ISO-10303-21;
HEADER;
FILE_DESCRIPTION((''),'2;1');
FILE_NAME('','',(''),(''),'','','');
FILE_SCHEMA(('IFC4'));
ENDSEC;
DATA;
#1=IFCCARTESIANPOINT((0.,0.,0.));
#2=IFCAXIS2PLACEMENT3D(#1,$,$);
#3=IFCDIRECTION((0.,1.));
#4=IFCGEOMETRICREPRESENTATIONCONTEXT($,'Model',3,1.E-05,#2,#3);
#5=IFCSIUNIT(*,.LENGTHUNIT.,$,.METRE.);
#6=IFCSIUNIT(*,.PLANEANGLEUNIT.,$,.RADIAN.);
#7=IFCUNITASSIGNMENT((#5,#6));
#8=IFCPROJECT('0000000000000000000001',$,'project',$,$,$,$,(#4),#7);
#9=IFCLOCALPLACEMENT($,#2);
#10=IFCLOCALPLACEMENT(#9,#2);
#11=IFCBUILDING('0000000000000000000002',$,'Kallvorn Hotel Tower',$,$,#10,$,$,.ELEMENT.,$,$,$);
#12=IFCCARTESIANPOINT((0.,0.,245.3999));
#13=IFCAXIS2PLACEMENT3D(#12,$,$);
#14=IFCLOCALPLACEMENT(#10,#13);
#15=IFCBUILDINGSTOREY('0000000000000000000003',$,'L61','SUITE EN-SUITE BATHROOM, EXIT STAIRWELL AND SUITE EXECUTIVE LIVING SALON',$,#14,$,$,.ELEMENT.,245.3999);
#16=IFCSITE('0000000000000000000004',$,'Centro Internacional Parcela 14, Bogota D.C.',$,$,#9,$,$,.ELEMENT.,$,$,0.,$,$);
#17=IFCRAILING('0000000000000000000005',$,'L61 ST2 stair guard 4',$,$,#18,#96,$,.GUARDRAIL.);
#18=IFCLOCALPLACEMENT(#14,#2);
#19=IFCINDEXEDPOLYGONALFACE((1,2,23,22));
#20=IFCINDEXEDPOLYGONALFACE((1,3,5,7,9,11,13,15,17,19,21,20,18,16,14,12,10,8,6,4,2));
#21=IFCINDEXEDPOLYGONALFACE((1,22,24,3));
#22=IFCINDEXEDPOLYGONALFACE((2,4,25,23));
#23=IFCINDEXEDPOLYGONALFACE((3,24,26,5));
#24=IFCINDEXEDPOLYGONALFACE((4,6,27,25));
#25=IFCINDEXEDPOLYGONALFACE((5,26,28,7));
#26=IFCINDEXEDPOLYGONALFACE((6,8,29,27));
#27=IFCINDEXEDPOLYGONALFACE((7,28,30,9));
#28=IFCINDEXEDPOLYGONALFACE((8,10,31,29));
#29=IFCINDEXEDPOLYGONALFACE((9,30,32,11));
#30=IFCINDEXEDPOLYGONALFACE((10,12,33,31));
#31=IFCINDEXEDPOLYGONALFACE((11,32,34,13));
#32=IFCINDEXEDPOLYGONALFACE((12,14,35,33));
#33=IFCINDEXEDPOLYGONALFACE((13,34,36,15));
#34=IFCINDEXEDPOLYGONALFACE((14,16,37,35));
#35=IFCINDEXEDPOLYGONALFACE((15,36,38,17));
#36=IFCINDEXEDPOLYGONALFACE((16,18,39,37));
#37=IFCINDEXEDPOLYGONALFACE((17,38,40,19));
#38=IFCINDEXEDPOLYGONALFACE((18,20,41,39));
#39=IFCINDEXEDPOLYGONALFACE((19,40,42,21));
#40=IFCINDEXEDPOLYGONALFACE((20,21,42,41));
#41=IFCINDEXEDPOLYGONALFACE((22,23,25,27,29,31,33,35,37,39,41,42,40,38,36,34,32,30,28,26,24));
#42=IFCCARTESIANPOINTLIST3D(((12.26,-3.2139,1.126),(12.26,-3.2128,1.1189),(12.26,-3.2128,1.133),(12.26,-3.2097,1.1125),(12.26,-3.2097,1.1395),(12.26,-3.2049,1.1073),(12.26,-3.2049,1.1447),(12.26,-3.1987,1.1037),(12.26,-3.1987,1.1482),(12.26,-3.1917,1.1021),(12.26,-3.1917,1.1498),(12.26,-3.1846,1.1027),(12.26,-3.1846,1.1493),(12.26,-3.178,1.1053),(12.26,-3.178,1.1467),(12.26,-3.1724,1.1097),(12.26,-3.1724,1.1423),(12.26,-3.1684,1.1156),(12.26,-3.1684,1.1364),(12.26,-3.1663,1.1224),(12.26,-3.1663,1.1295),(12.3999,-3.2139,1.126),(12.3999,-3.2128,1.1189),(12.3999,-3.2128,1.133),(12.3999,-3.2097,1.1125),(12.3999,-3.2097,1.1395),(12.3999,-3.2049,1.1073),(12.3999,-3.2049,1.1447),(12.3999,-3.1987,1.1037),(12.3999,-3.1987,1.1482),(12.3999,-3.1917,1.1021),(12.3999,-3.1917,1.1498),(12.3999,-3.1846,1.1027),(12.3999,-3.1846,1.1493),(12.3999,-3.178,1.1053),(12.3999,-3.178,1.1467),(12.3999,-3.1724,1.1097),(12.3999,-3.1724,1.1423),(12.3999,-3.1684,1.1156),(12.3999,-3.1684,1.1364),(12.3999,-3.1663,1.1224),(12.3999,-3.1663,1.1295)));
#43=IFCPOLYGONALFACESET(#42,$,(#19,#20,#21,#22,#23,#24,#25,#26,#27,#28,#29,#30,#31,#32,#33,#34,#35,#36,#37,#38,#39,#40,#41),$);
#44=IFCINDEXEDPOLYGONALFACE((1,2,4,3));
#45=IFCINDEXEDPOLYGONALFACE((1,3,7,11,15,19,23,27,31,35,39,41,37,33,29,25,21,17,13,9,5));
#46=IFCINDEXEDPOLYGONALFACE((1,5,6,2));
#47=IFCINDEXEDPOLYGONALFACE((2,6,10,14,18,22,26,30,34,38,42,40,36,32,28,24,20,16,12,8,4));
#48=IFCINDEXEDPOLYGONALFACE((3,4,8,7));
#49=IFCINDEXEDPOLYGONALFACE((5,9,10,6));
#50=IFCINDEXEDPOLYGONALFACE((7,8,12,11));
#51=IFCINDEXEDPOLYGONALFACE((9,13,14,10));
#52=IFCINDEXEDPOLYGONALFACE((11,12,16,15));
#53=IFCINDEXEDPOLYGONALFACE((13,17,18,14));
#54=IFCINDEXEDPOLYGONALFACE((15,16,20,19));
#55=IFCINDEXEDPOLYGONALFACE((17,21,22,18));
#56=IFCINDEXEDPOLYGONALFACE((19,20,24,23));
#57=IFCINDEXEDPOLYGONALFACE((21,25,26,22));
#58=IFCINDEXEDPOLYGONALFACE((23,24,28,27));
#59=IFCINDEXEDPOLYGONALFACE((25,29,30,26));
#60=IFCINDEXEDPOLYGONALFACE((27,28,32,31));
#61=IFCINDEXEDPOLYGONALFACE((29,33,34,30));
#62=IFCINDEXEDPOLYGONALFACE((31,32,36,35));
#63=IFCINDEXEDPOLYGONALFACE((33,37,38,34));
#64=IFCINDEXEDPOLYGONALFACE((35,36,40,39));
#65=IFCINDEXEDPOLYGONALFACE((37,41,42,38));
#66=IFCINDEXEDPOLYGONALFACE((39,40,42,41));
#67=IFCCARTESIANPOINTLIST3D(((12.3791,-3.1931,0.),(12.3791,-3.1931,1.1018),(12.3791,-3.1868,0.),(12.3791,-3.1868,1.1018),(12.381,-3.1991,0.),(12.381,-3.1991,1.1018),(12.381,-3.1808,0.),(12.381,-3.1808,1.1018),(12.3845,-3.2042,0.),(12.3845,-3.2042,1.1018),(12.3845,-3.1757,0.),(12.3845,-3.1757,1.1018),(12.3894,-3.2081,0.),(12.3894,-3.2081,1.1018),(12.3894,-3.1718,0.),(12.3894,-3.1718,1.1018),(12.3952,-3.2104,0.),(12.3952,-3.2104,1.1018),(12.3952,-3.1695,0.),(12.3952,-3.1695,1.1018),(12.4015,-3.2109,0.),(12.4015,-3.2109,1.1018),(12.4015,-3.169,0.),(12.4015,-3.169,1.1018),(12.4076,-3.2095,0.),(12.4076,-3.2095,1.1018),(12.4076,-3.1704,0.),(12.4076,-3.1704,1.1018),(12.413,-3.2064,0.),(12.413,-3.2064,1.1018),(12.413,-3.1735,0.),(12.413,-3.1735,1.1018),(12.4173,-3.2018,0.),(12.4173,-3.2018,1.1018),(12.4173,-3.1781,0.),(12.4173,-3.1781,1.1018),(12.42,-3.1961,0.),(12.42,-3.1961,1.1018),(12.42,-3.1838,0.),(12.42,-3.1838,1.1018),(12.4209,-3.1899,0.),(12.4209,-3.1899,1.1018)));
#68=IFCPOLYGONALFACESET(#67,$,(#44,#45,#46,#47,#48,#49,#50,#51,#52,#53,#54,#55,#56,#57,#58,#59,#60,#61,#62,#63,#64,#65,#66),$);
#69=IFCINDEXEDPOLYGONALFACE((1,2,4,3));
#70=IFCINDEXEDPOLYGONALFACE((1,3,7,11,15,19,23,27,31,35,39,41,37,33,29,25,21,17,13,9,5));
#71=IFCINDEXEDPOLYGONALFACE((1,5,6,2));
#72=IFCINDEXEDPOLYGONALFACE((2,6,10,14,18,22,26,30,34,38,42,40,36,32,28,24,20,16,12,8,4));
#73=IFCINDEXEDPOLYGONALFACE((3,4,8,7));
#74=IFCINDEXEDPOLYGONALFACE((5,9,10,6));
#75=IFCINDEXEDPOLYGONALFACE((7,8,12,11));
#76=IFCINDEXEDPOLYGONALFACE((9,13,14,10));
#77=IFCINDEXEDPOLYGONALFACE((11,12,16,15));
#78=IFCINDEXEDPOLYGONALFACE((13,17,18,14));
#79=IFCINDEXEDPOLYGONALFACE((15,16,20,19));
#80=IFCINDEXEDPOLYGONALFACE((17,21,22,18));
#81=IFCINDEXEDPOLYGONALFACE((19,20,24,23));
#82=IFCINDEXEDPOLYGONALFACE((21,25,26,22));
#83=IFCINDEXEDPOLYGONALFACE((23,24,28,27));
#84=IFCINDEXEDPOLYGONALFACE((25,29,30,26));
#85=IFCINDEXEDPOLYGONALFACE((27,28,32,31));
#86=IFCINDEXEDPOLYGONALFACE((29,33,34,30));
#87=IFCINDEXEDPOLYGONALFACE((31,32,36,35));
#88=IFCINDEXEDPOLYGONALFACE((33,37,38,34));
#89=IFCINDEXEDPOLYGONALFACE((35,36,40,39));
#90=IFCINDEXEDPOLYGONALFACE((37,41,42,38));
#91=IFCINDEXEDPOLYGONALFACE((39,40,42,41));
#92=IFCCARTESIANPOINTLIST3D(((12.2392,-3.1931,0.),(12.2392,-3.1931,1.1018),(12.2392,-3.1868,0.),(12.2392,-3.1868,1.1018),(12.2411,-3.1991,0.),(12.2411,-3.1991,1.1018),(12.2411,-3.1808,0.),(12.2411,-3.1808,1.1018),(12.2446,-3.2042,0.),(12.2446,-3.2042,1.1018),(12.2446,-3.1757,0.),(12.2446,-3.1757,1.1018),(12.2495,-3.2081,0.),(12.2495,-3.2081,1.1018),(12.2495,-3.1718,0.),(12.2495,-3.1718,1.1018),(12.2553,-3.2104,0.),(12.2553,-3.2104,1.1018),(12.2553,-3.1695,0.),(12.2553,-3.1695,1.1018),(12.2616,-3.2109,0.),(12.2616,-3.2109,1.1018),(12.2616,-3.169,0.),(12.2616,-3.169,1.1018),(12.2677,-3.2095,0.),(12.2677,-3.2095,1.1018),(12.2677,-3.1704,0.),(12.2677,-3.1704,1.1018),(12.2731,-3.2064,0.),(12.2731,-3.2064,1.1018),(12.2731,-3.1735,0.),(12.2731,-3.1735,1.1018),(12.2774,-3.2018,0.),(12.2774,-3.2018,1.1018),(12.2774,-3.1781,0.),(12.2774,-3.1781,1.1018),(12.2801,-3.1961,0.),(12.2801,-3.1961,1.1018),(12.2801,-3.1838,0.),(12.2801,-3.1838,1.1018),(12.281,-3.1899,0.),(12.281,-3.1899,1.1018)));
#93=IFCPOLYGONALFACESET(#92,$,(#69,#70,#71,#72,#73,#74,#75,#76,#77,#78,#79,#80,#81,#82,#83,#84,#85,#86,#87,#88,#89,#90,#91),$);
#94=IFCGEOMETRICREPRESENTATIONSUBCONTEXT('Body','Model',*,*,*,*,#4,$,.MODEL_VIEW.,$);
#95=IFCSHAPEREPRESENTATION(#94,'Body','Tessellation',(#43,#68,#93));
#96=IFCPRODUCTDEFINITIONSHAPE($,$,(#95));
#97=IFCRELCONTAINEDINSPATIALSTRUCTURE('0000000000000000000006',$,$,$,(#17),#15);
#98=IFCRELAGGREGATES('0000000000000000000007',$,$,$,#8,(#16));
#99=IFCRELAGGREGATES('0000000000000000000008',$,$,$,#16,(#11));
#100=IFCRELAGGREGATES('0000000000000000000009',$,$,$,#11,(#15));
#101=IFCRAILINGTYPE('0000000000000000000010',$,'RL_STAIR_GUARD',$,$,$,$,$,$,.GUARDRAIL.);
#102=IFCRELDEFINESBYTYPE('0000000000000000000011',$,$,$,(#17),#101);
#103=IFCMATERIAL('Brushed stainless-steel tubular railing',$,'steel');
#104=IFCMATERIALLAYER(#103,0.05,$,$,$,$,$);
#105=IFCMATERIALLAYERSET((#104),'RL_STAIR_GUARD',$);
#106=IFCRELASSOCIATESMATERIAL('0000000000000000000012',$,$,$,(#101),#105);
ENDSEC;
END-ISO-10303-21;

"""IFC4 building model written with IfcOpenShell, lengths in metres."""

from ifc_helpers import new_model, si_unit, direction, frame, origin, origin_2d, place, context, subcontext, project, spatial, circle, extrude, material, layer, layer_set, type_object, element, save


model = new_model("IFC4")

# Units and contexts
model_context = context("Model", 3, precision=1e-05, world=origin(), true_north=direction((0.0, 1.0)))
body_context = subcontext(model_context, "Body", "Model", "MODEL_VIEW")
ifc_project = project(units=[si_unit("LENGTHUNIT", "METRE"), si_unit("PLANEANGLEUNIT", "RADIAN")], contexts=[model_context])

# Site, building, storey
site_placement = place(None, origin())
site = spatial("IfcSite", under=ifc_project, at=site_placement, Name="Centro Internacional Parcela 14, Bogota D.C.", CompositionType="ELEMENT", RefElevation=0.0)
building_placement = place(site_placement, origin())
building = spatial("IfcBuilding", under=site, at=building_placement, Name="Kallvorn Hotel Tower", CompositionType="ELEMENT")
storey_placement = place(building_placement, frame((0.0, 0.0, 245.3999)))
storey = spatial("IfcBuildingStorey", under=building, at=storey_placement, Name="L61", Description="SUITE EN-SUITE BATHROOM, EXIT STAIRWELL AND SUITE EXECUTIVE LIVING SALON", CompositionType="ELEMENT", Elevation=245.3999)

# Railing
ifc_material_1 = material(Name="Brushed stainless-steel tubular railing", Category="steel")
ifc_layer_1 = layer(ifc_material_1, 0.05)
ifc_layer_set_1 = layer_set([ifc_layer_1], Name="RL_STAIR_GUARD")
railing_type_1 = type_object("IfcRailingType", Name="RL_STAIR_GUARD", PredefinedType="GUARDRAIL", material=ifc_layer_set_1)
railing_1_placement = place(storey_placement, frame((12.3999, -3.1899, 0.0)))
element("IfcRailing", 1, at=railing_1_placement, inside=storey, type_object=railing_type_1, Name="L61 ST2 stair guard 4", PredefinedType="GUARDRAIL", context=body_context, shape_type="SweptSolid", body=[
    extrude(circle(Radius=0.0239, at=origin_2d()), frame((0.0, 0.0, 1.126), z_axis=(-1.0, 0.0, 0.0), x_axis=(0.0, -1.0, 0.0)), (0.0, 0.0, 1.0), 0.1399),
    extrude(circle(Radius=0.021, at=origin_2d()), origin(), (0.0, 0.0, 1.0), 1.1018),
    extrude(circle(Radius=0.021, at=origin_2d()), frame((-0.1399, 0.0, 0.0)), (0.0, 0.0, 1.0), 1.1018),
])

save(model, "model.ifc")
